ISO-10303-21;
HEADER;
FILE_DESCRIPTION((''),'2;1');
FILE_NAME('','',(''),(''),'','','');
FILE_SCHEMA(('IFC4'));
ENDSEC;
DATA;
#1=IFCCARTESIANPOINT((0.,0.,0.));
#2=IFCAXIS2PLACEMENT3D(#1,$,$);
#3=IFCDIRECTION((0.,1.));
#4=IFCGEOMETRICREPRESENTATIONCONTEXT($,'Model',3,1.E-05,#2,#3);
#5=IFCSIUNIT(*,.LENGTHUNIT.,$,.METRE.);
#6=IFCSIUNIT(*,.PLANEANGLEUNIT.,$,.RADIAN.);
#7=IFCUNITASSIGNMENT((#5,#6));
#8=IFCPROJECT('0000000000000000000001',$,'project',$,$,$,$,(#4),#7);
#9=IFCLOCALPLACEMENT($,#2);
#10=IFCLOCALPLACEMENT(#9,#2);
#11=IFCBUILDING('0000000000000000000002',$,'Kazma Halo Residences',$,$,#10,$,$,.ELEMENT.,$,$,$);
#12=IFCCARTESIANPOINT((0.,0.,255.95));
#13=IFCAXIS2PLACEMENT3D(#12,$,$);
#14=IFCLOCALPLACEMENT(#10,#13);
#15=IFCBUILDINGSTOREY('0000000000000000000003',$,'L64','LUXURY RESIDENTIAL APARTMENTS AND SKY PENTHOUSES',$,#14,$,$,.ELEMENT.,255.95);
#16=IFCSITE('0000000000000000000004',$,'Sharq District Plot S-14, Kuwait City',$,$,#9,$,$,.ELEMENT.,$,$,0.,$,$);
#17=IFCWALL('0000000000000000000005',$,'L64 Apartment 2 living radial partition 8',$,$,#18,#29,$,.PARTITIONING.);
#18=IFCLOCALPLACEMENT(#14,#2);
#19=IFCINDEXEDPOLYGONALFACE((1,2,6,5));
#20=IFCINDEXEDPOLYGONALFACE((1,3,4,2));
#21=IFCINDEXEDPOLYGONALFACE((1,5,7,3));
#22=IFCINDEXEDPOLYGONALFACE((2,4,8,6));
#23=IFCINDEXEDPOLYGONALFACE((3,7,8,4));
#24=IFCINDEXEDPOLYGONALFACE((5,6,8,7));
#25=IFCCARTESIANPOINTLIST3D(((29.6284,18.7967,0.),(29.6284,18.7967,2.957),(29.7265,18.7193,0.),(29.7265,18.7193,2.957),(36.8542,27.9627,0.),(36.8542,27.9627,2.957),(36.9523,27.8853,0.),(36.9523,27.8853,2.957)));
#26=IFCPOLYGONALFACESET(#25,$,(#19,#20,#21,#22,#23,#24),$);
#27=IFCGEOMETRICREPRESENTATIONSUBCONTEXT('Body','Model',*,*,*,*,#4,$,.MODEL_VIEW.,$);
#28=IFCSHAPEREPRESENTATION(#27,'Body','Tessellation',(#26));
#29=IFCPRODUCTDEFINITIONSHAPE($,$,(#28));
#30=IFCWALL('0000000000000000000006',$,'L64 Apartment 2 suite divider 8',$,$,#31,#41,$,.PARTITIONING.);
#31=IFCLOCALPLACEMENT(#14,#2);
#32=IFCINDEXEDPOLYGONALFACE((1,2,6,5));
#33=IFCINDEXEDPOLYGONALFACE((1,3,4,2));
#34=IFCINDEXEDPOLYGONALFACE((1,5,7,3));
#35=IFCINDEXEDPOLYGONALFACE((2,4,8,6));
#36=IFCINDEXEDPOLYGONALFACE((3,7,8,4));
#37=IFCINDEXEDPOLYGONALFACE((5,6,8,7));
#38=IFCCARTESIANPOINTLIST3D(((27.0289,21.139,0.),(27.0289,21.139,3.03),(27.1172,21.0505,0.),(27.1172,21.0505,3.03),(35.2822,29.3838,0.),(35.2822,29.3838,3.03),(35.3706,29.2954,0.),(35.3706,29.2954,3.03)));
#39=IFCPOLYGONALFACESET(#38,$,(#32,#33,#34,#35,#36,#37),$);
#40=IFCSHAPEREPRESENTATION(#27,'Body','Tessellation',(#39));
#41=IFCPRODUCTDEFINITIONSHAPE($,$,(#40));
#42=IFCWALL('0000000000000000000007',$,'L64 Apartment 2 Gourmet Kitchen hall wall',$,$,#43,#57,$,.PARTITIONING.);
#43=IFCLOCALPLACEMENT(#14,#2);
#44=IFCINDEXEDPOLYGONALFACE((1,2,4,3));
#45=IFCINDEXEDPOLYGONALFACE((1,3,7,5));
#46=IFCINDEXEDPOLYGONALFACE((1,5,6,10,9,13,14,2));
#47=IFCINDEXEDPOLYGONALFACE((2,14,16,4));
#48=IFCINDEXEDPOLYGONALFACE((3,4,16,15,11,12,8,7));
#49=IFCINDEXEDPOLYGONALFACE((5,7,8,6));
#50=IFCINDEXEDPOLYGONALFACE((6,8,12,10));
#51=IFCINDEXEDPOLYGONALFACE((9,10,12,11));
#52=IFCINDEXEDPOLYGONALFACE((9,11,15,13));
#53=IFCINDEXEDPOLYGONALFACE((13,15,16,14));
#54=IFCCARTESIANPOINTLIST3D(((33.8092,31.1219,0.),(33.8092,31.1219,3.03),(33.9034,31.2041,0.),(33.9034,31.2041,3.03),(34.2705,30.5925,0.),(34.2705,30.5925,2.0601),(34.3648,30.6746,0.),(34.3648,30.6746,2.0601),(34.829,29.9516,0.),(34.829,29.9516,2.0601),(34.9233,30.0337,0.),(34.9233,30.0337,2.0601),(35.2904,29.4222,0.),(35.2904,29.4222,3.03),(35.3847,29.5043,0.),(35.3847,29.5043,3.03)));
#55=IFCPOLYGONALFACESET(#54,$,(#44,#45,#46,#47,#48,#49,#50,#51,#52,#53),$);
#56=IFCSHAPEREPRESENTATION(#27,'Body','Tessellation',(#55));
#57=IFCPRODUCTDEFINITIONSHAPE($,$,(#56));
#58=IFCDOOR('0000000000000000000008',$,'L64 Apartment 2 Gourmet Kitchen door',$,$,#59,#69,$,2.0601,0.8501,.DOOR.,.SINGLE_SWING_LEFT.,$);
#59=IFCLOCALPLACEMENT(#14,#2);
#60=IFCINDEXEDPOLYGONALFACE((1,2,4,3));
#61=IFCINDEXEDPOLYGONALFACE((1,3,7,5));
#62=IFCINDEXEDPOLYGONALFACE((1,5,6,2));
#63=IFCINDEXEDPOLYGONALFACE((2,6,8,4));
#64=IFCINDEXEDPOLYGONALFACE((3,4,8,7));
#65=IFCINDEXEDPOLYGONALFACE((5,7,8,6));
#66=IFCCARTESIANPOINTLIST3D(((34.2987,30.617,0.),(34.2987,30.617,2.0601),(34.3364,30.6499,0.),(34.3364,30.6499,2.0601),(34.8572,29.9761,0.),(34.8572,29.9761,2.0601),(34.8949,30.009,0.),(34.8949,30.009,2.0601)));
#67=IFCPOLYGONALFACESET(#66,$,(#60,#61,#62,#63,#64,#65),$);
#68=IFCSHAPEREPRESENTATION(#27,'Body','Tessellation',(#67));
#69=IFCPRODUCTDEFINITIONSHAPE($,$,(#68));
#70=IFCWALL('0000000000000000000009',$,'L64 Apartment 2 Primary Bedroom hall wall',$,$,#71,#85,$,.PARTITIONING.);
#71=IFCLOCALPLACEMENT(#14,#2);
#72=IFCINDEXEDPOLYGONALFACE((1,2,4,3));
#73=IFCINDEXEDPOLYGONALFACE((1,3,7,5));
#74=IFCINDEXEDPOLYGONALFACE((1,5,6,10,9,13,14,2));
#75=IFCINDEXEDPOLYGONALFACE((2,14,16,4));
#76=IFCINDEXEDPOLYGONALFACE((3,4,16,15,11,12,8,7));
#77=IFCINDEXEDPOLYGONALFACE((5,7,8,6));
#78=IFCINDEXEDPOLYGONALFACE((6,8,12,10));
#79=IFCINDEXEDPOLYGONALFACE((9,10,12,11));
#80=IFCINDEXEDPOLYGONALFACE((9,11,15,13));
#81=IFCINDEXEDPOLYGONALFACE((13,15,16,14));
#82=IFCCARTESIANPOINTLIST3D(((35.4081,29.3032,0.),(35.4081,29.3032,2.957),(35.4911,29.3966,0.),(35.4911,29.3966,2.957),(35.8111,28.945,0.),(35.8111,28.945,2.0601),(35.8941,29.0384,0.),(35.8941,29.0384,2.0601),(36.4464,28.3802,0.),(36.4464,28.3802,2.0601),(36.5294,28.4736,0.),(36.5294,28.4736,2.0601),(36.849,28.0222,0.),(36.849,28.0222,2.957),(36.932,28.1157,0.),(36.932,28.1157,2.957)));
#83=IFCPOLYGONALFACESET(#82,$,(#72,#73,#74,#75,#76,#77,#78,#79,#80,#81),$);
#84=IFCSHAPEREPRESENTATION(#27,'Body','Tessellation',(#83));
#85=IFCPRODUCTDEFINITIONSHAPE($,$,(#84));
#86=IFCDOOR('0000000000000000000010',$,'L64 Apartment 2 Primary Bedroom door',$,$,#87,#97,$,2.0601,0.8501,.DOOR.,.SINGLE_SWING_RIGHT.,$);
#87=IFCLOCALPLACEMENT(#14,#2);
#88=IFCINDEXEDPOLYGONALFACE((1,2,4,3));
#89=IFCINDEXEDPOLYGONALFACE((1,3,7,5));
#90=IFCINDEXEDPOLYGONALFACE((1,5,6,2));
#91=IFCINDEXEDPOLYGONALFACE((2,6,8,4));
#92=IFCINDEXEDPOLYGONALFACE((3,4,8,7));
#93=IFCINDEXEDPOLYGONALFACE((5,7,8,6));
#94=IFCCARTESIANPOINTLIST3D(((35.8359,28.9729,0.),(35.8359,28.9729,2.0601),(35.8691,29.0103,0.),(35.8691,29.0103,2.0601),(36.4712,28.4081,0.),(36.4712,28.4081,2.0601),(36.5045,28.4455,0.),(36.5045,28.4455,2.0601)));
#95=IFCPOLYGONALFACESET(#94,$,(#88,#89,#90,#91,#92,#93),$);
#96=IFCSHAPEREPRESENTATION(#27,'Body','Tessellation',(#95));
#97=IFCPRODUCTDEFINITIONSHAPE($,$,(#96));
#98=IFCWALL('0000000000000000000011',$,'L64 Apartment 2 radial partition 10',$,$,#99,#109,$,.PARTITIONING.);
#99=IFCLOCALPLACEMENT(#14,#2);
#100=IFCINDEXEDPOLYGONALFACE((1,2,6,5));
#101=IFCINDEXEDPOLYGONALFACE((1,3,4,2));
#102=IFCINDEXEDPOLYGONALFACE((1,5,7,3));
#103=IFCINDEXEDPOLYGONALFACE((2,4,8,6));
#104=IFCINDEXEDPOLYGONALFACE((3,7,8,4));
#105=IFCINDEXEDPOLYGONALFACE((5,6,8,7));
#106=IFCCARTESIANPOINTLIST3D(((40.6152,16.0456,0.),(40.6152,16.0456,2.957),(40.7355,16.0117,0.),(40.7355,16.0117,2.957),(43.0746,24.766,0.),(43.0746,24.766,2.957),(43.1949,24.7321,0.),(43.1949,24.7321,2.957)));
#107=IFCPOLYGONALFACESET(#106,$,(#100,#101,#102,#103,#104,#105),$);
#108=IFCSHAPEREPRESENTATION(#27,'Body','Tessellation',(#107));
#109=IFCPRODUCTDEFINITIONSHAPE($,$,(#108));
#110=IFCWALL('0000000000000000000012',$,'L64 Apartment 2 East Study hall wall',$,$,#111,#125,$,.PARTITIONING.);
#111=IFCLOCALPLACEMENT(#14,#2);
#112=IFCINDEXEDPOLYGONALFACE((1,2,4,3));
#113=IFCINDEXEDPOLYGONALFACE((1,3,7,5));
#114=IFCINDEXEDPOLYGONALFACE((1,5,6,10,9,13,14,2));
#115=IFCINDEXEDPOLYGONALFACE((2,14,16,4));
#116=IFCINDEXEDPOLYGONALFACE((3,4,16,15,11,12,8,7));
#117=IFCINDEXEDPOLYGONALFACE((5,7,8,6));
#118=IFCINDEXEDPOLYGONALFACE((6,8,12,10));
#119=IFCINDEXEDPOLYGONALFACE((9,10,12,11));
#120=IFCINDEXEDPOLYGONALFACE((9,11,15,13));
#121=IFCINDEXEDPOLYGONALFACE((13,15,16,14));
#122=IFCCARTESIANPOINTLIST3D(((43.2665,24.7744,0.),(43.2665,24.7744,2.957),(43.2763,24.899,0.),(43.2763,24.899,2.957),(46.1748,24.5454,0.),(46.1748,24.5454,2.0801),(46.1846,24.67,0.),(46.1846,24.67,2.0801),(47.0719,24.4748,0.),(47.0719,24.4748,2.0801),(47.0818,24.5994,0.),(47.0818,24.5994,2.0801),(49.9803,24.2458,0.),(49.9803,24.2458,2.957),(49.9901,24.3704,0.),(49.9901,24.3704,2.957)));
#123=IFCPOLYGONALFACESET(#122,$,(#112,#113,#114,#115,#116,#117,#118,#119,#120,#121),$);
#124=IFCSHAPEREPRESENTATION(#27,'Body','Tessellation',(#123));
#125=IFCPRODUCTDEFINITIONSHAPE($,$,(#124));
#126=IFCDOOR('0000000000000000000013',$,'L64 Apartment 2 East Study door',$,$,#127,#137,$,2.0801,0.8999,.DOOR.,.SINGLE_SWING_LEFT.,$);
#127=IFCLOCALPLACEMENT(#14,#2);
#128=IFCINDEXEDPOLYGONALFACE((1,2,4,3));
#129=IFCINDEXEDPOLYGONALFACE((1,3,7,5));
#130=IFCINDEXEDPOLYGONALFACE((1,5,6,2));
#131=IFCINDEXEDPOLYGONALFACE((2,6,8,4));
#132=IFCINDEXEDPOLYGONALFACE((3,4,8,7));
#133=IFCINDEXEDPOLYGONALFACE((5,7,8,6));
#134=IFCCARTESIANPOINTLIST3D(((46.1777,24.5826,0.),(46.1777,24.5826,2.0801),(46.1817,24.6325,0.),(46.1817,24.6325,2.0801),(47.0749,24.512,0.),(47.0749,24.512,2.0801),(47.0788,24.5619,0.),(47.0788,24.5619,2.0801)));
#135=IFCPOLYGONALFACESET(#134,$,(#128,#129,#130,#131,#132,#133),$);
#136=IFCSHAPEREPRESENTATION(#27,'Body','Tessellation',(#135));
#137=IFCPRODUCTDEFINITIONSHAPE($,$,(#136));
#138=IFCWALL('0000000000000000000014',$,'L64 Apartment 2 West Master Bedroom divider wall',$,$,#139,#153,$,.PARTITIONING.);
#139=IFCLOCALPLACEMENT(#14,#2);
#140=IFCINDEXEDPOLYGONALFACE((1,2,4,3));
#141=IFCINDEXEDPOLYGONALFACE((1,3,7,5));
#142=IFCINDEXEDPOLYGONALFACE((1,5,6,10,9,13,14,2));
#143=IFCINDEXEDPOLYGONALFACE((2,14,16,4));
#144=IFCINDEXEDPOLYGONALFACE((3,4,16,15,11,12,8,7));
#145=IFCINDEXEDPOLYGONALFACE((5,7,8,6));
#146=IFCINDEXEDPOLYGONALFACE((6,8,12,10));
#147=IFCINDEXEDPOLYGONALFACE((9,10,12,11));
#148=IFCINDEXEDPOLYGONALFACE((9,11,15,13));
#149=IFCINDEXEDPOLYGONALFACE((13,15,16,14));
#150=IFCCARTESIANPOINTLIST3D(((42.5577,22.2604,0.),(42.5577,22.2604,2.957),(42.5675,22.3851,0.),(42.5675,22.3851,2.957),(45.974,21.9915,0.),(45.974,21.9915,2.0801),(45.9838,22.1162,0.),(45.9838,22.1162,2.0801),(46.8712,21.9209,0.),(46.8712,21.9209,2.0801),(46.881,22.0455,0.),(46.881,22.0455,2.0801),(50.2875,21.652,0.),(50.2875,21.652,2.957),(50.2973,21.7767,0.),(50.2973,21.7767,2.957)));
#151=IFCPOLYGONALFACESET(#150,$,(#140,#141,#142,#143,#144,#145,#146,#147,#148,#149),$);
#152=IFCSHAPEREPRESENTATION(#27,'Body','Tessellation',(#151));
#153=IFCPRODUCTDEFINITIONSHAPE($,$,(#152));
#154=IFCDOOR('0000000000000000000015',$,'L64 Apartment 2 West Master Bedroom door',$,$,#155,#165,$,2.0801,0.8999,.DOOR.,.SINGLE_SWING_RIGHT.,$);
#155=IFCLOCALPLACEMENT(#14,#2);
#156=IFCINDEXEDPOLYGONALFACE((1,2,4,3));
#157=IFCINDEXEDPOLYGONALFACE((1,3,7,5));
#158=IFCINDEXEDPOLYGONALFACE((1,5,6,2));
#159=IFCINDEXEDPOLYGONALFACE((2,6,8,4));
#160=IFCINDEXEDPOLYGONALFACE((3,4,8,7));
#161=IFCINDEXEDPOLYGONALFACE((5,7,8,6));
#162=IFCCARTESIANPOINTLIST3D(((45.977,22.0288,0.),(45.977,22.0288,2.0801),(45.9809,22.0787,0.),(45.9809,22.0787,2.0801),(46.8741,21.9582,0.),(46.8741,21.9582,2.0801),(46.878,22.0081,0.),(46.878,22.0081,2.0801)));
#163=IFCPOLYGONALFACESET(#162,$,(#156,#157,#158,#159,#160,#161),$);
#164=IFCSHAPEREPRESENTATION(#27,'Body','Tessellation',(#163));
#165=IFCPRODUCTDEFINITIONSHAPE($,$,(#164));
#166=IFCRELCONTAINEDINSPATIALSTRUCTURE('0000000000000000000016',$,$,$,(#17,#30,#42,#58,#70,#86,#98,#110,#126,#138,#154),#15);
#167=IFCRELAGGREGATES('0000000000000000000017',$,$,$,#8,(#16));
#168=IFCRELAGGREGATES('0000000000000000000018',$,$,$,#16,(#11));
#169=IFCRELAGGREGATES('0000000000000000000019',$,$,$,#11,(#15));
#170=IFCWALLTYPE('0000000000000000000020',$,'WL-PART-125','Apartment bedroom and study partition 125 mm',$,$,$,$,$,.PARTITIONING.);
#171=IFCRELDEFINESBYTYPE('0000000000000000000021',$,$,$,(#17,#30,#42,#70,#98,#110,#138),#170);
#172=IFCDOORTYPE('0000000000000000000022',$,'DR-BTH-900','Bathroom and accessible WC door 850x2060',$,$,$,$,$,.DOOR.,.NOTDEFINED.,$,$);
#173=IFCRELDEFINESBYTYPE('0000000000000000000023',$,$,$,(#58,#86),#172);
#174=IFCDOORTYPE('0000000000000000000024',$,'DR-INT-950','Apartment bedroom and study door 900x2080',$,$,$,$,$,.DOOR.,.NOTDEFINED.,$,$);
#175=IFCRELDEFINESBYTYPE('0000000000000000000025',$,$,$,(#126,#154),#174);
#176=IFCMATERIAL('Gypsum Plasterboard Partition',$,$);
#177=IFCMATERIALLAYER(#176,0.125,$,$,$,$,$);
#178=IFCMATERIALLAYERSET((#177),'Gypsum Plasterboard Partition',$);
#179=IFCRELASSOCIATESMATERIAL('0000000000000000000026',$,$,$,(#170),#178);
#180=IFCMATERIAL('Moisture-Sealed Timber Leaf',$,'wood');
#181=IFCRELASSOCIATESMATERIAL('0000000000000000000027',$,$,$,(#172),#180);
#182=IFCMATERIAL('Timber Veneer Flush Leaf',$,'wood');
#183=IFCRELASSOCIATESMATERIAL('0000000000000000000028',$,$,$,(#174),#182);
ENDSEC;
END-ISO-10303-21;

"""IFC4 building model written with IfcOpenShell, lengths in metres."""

from ifc_helpers import new_model, si_unit, direction, frame, frame_2d, origin, place, context, subcontext, project, spatial, rectangle, extrude, material, layer, layer_set, type_object, element, fill, save


model = new_model("IFC4")

# Units and contexts
model_context = context("Model", 3, precision=1e-05, world=origin(), true_north=direction((0.0, 1.0)))
body_context = subcontext(model_context, "Body", "Model", "MODEL_VIEW")
ifc_project = project(units=[si_unit("LENGTHUNIT", "METRE"), si_unit("PLANEANGLEUNIT", "RADIAN")], contexts=[model_context])

# Site, building, storey
site_placement = place(None, origin())
site = spatial("IfcSite", under=ifc_project, at=site_placement, Name="Sharq District Plot S-14, Kuwait City", CompositionType="ELEMENT", RefElevation=0.0)
building_placement = place(site_placement, origin())
building = spatial("IfcBuilding", under=site, at=building_placement, Name="Kazma Halo Residences", CompositionType="ELEMENT")
storey_placement = place(building_placement, frame((0.0, 0.0, 255.95)))
storey = spatial("IfcBuildingStorey", under=building, at=storey_placement, Name="L64", Description="LUXURY RESIDENTIAL APARTMENTS AND SKY PENTHOUSES", CompositionType="ELEMENT", Elevation=255.95)

# Walls
ifc_material_1 = material(Name="Gypsum Plasterboard Partition")
ifc_layer_1 = layer(ifc_material_1, 0.125)
ifc_layer_set_1 = layer_set([ifc_layer_1], Name="Gypsum Plasterboard Partition")
wall_type_1 = type_object("IfcWallType", Name="WL-PART-125", Description="Apartment bedroom and study partition 125 mm", PredefinedType="PARTITIONING", material=ifc_layer_set_1)
wall_1_placement = place(storey_placement, frame((36.9033, 27.9241, 0.0), z_axis=(0.0, 0.0, 1.0), x_axis=(-0.61909, -0.78532, 0.0)))
element("IfcWall", 1, at=wall_1_placement, inside=storey, type_object=wall_type_1, Name="L64 Apartment 2 living radial partition 8", PredefinedType="PARTITIONING", context=body_context, shape_type="SweptSolid", body=[
    extrude(rectangle(XDim=11.6716, YDim=0.125, at=frame_2d((5.8359, 0.0))), origin(), (0.0, 0.0, 1.0), 2.957),
])
wall_2_placement = place(storey_placement, frame((35.3264, 29.3396, 0.0), z_axis=(0.0, 0.0, 1.0), x_axis=(-0.707473, -0.70674, 0.0)))
element("IfcWall", 2, at=wall_2_placement, inside=storey, type_object=wall_type_1, Name="L64 Apartment 2 suite divider 8", PredefinedType="PARTITIONING", context=body_context, shape_type="SweptSolid", body=[
    extrude(rectangle(XDim=11.666, YDim=0.125, at=frame_2d((5.833, 0.0))), origin(), (0.0, 0.0, 1.0), 3.03),
])

# Walls, openings, doors
wall_3_placement = place(storey_placement, frame((33.8562, 31.1631, 0.0), z_axis=(0.0, 0.0, 1.0), x_axis=(0.656985, -0.753903, 0.0)))
wall_3 = element("IfcWall", 3, at=wall_3_placement, inside=storey, type_object=wall_type_1, Name="L64 Apartment 2 Gourmet Kitchen hall wall", PredefinedType="PARTITIONING", context=body_context, shape_type="SweptSolid", body=[
    extrude(rectangle(XDim=2.2546, YDim=0.125, at=frame_2d((1.1274, 0.0))), origin(), (0.0, 0.0, 1.0), 3.03),
])
opening_1_placement = place(wall_3_placement, frame((0.7024, 0.0, 0.0)))
opening_1 = element("IfcOpeningElement", 4, at=opening_1_placement, cuts=wall_3, PredefinedType="OPENING", context=body_context, shape_type="SweptSolid", body=[
    extrude(rectangle(XDim=0.8501, YDim=2.0601, at=frame_2d((0.425, 1.03))), frame((0.0, 0.0725, 0.0), z_axis=(0.0, -1.0, 0.0), x_axis=(1.0, 0.0, 0.0)), (0.0, 0.0, 1.0), 0.145),
])
ifc_material_2 = material(Name="Moisture-Sealed Timber Leaf", Category="wood")
door_type_1 = type_object("IfcDoorType", Name="DR-BTH-900", Description="Bathroom and accessible WC door 850x2060", OperationType="NOTDEFINED", PredefinedType="DOOR", material=ifc_material_2)
door_1_placement = place(opening_1_placement, origin())
door_1 = element("IfcDoor", 5, at=door_1_placement, inside=storey, type_object=door_type_1, Name="L64 Apartment 2 Gourmet Kitchen door", OperationType="SINGLE_SWING_LEFT", OverallHeight=2.0601, OverallWidth=0.8501, PredefinedType="DOOR", context=body_context, shape_type="SweptSolid", body=[
    extrude(rectangle(XDim=0.8501, YDim=2.0601, at=frame_2d((0.425, 1.03))), frame((0.0, 0.0249, 0.0), z_axis=(0.0, -1.0, 0.0), x_axis=(1.0, 0.0, 0.0)), (0.0, 0.0, 1.0), 0.05),
])
fill(opening_1, door_1)
wall_4_placement = place(storey_placement, frame((35.4497, 29.3499, 0.0), z_axis=(0.0, 0.0, 1.0), x_axis=(0.74736, -0.664419, 0.0)))
wall_4 = element("IfcWall", 6, at=wall_4_placement, inside=storey, type_object=wall_type_1, Name="L64 Apartment 2 Primary Bedroom hall wall", PredefinedType="PARTITIONING", context=body_context, shape_type="SweptSolid", body=[
    extrude(rectangle(XDim=1.928, YDim=0.125, at=frame_2d((0.9639, 0.0))), origin(), (0.0, 0.0, 1.0), 2.957),
])
opening_2_placement = place(wall_4_placement, frame((0.5391, 0.0, 0.0)))
opening_2 = element("IfcOpeningElement", 7, at=opening_2_placement, cuts=wall_4, PredefinedType="OPENING", context=body_context, shape_type="SweptSolid", body=[
    extrude(rectangle(XDim=0.8501, YDim=2.0601, at=frame_2d((0.425, 1.03))), frame((0.0, 0.0725, 0.0), z_axis=(0.0, -1.0, 0.0), x_axis=(1.0, 0.0, 0.0)), (0.0, 0.0, 1.0), 0.145),
])
door_2_placement = place(opening_2_placement, origin())
door_2 = element("IfcDoor", 8, at=door_2_placement, inside=storey, type_object=door_type_1, Name="L64 Apartment 2 Primary Bedroom door", OperationType="SINGLE_SWING_RIGHT", OverallHeight=2.0601, OverallWidth=0.8501, PredefinedType="DOOR", context=body_context, shape_type="SweptSolid", body=[
    extrude(rectangle(XDim=0.8501, YDim=2.0601, at=frame_2d((0.425, 1.03))), frame((0.0, 0.0249, 0.0), z_axis=(0.0, -1.0, 0.0), x_axis=(1.0, 0.0, 0.0)), (0.0, 0.0, 1.0), 0.05),
])
fill(opening_2, door_2)

# Wall
wall_5_placement = place(storey_placement, frame((43.1348, 24.749, 0.0), z_axis=(0.0, 0.0, 1.0), x_axis=(-0.271445, -0.962454, 0.0)))
element("IfcWall", 9, at=wall_5_placement, inside=storey, type_object=wall_type_1, Name="L64 Apartment 2 radial partition 10", PredefinedType="PARTITIONING", context=body_context, shape_type="SweptSolid", body=[
    extrude(rectangle(XDim=9.0605, YDim=0.125, at=frame_2d((4.5303, 0.0))), origin(), (0.0, 0.0, 1.0), 2.957),
])

# Walls, openings, doors
wall_6_placement = place(storey_placement, frame((43.2715, 24.8367, 0.0), z_axis=(0.0, 0.0, 1.0), x_axis=(0.996915, -0.078484, 0.0)))
wall_6 = element("IfcWall", 10, at=wall_6_placement, inside=storey, type_object=wall_type_1, Name="L64 Apartment 2 East Study hall wall", PredefinedType="PARTITIONING", context=body_context, shape_type="SweptSolid", body=[
    extrude(rectangle(XDim=6.7346, YDim=0.125, at=frame_2d((3.3672, 0.0))), origin(), (0.0, 0.0, 1.0), 2.957),
])
opening_3_placement = place(wall_6_placement, frame((2.9172, 0.0, 0.0)))
opening_3 = element("IfcOpeningElement", 11, at=opening_3_placement, cuts=wall_6, PredefinedType="OPENING", context=body_context, shape_type="SweptSolid", body=[
    extrude(rectangle(XDim=0.8999, YDim=2.0801, at=frame_2d((0.45, 1.04))), frame((0.0, 0.0725, 0.0), z_axis=(0.0, -1.0, 0.0), x_axis=(1.0, 0.0, 0.0)), (0.0, 0.0, 1.0), 0.145),
])
ifc_material_3 = material(Name="Timber Veneer Flush Leaf", Category="wood")
door_type_2 = type_object("IfcDoorType", Name="DR-INT-950", Description="Apartment bedroom and study door 900x2080", OperationType="NOTDEFINED", PredefinedType="DOOR", material=ifc_material_3)
door_3_placement = place(opening_3_placement, origin())
door_3 = element("IfcDoor", 12, at=door_3_placement, inside=storey, type_object=door_type_2, Name="L64 Apartment 2 East Study door", OperationType="SINGLE_SWING_LEFT", OverallHeight=2.0801, OverallWidth=0.8999, PredefinedType="DOOR", context=body_context, shape_type="SweptSolid", body=[
    extrude(rectangle(XDim=0.8999, YDim=2.0801, at=frame_2d((0.45, 1.04))), frame((0.0, 0.0249, 0.0), z_axis=(0.0, -1.0, 0.0), x_axis=(1.0, 0.0, 0.0)), (0.0, 0.0, 1.0), 0.05),
])
fill(opening_3, door_3)
wall_7_placement = place(storey_placement, frame((42.5625, 22.3228, 0.0), z_axis=(0.0, 0.0, 1.0), x_axis=(0.996917, -0.078466, 0.0)))
wall_7 = element("IfcWall", 13, at=wall_7_placement, inside=storey, type_object=wall_type_1, Name="L64 Apartment 2 West Master Bedroom divider wall", PredefinedType="PARTITIONING", context=body_context, shape_type="SweptSolid", body=[
    extrude(rectangle(XDim=7.7537, YDim=0.125, at=frame_2d((3.877, 0.0))), origin(), (0.0, 0.0, 1.0), 2.957),
])
opening_4_placement = place(wall_7_placement, frame((3.427, 0.0, 0.0)))
opening_4 = element("IfcOpeningElement", 14, at=opening_4_placement, cuts=wall_7, PredefinedType="OPENING", context=body_context, shape_type="SweptSolid", body=[
    extrude(rectangle(XDim=0.8999, YDim=2.0801, at=frame_2d((0.45, 1.04))), frame((0.0, 0.0725, 0.0), z_axis=(0.0, -1.0, 0.0), x_axis=(1.0, 0.0, 0.0)), (0.0, 0.0, 1.0), 0.145),
])
door_4_placement = place(opening_4_placement, origin())
door_4 = element("IfcDoor", 15, at=door_4_placement, inside=storey, type_object=door_type_2, Name="L64 Apartment 2 West Master Bedroom door", OperationType="SINGLE_SWING_RIGHT", OverallHeight=2.0801, OverallWidth=0.8999, PredefinedType="DOOR", context=body_context, shape_type="SweptSolid", body=[
    extrude(rectangle(XDim=0.8999, YDim=2.0801, at=frame_2d((0.45, 1.04))), frame((0.0, 0.0249, 0.0), z_axis=(0.0, -1.0, 0.0), x_axis=(1.0, 0.0, 0.0)), (0.0, 0.0, 1.0), 0.05),
])
fill(opening_4, door_4)

save(model, "model.ifc")
